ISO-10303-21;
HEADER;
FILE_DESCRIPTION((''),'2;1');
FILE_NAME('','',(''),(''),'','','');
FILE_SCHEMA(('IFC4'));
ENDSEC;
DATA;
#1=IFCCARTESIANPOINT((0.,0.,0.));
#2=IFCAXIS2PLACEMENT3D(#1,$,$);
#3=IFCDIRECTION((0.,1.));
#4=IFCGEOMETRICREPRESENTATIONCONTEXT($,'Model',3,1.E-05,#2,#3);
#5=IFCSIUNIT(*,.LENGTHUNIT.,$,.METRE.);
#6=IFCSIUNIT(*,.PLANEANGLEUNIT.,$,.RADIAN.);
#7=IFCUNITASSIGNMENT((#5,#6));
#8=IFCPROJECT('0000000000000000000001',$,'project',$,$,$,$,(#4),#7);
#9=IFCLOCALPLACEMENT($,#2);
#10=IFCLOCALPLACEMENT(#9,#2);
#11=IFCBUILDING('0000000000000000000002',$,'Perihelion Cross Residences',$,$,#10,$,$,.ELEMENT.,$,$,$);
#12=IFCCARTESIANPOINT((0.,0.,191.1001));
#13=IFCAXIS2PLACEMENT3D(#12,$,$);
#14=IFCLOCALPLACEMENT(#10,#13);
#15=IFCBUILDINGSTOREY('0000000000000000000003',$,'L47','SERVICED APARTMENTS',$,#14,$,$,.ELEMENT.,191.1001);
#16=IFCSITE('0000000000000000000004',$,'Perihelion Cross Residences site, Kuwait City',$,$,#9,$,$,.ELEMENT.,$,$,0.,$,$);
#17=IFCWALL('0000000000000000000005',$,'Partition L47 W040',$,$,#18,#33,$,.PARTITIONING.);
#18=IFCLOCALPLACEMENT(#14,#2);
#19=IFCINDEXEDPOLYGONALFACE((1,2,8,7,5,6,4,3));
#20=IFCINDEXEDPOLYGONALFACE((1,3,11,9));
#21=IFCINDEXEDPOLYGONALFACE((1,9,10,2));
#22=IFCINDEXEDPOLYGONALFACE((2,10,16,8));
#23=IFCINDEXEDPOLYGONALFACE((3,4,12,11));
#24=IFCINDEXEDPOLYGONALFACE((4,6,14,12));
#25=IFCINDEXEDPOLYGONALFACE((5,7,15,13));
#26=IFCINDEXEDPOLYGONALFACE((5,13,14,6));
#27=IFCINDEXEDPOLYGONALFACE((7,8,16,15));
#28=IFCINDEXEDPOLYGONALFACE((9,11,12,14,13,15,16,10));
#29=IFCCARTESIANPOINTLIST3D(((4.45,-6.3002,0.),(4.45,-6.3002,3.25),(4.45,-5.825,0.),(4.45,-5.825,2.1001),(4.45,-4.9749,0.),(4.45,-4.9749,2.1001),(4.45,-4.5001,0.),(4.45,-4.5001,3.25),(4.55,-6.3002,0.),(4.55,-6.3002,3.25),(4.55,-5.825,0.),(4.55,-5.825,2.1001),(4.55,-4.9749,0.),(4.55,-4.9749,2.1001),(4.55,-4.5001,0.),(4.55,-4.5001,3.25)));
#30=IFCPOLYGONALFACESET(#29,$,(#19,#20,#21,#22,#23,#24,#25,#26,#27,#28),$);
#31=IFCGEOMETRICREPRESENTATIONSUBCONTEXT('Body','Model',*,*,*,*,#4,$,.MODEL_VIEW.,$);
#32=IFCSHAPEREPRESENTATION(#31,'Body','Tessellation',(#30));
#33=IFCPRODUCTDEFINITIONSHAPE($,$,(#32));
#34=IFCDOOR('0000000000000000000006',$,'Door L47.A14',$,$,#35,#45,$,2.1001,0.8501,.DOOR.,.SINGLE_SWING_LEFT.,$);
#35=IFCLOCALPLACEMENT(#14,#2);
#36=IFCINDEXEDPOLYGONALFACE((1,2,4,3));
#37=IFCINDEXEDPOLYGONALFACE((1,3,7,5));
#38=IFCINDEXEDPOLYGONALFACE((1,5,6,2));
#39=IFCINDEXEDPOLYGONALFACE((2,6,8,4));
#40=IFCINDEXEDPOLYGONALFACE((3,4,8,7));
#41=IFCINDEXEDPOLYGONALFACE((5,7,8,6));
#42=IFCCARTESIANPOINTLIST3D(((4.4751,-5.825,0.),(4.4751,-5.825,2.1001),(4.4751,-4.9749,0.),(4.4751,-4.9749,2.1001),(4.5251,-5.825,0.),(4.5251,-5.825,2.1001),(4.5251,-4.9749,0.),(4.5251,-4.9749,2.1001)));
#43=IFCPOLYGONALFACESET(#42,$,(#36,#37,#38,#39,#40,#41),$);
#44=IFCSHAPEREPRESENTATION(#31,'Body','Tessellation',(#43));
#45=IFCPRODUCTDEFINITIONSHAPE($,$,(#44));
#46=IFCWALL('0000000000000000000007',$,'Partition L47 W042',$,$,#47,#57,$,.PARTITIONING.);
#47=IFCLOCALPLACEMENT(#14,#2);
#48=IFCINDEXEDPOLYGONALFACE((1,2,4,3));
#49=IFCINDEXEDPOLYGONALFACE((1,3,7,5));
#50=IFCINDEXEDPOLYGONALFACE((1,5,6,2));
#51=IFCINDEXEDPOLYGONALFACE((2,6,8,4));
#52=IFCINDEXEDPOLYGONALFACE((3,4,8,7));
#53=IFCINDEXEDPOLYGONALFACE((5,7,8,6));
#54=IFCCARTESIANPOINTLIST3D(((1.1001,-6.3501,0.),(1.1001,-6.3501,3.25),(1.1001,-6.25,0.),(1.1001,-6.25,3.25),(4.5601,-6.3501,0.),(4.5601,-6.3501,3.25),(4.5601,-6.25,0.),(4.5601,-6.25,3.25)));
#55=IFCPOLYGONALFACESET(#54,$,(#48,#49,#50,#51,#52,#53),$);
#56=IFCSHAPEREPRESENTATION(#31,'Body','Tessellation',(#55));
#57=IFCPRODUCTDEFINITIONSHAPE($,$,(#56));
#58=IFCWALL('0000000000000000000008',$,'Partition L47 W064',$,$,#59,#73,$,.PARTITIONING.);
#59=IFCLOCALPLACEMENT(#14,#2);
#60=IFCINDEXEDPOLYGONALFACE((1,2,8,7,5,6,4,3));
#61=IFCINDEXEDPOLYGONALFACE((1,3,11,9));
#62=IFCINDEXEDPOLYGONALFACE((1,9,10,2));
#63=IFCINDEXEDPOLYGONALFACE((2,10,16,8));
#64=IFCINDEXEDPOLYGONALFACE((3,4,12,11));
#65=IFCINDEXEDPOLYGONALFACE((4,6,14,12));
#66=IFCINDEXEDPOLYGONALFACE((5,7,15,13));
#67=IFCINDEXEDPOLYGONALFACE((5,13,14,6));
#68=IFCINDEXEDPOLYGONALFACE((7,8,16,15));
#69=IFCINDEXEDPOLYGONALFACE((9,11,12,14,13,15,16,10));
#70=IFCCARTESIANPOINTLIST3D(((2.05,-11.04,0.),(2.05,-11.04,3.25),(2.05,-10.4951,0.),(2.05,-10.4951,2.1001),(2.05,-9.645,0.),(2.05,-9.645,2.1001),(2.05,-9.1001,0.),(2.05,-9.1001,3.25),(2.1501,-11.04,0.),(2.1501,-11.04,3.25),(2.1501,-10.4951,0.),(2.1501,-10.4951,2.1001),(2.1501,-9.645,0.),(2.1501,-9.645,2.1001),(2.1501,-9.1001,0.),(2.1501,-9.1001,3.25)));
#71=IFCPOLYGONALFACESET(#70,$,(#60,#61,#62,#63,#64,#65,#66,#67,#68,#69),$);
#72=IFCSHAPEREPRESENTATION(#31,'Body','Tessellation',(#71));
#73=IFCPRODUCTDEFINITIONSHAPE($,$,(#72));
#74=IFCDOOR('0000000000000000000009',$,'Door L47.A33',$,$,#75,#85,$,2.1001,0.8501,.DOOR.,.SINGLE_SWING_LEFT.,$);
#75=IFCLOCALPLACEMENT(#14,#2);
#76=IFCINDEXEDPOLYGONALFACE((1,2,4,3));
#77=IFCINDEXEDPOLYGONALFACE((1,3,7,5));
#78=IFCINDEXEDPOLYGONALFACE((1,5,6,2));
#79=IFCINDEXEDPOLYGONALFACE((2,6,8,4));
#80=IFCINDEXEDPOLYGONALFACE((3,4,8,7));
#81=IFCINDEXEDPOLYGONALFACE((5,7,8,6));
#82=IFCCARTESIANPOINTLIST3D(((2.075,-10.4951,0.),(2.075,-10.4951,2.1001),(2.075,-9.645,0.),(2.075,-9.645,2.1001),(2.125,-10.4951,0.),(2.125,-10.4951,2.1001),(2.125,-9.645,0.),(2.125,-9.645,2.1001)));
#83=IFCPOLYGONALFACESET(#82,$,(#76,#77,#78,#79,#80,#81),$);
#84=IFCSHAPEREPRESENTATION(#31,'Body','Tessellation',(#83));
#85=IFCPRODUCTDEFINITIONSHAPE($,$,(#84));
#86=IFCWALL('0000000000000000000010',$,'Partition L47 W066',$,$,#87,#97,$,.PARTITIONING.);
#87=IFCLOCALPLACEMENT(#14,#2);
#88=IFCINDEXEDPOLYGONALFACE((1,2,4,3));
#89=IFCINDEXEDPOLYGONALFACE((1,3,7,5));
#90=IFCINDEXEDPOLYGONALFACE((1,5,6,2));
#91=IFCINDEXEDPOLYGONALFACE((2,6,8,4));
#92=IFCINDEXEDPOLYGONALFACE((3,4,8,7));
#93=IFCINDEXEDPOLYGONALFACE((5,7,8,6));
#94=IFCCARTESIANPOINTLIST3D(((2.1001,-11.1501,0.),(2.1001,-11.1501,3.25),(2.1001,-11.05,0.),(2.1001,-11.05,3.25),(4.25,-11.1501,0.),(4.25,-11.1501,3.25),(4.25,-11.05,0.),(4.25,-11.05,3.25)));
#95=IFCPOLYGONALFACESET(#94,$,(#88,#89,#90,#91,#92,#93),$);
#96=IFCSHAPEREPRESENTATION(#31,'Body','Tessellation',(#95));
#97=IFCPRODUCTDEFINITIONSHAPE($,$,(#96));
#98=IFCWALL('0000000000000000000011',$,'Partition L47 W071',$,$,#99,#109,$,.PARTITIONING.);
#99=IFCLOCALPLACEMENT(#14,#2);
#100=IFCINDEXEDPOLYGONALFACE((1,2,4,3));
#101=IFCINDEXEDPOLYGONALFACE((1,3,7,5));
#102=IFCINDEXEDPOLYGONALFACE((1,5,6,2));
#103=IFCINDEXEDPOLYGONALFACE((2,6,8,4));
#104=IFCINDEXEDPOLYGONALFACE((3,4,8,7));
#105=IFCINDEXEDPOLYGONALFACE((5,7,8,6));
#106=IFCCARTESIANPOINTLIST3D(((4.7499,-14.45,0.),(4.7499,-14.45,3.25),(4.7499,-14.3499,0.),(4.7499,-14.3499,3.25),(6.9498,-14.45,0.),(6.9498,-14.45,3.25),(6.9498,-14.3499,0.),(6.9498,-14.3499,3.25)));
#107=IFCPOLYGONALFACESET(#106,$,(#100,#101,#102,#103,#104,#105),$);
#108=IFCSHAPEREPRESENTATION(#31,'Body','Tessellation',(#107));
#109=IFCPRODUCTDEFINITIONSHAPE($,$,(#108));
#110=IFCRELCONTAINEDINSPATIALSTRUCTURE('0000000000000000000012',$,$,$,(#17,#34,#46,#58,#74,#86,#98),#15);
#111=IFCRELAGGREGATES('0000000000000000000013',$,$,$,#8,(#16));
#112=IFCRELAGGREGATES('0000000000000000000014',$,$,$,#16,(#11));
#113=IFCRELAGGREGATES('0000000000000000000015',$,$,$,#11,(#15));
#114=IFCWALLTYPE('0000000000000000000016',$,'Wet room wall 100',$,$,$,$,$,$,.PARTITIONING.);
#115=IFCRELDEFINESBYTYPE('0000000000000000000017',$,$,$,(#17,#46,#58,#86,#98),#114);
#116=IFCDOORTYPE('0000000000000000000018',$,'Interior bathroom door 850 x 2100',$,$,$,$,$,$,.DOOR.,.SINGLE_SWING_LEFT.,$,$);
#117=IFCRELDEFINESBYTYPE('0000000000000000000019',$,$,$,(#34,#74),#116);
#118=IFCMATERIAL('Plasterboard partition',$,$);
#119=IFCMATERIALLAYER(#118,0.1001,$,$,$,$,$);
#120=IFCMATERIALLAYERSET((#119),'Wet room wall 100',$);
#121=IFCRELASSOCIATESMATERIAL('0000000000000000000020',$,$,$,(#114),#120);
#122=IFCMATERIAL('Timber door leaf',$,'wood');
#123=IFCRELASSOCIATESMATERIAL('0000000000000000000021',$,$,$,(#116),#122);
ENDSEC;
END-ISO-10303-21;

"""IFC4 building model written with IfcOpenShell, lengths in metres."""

from ifc_helpers import new_model, si_unit, direction, frame, frame_2d, origin, place, context, subcontext, project, spatial, rectangle, extrude, material, layer, layer_set, type_object, element, fill, save


model = new_model("IFC4")

# Units and contexts
model_context = context("Model", 3, precision=1e-05, world=origin(), true_north=direction((0.0, 1.0)))
body_context = subcontext(model_context, "Body", "Model", "MODEL_VIEW")
ifc_project = project(units=[si_unit("LENGTHUNIT", "METRE"), si_unit("PLANEANGLEUNIT", "RADIAN")], contexts=[model_context])

# Site, building, storey
site_placement = place(None, origin())
site = spatial("IfcSite", under=ifc_project, at=site_placement, Name="Perihelion Cross Residences site, Kuwait City", CompositionType="ELEMENT", RefElevation=0.0)
building_placement = place(site_placement, origin())
building = spatial("IfcBuilding", under=site, at=building_placement, Name="Perihelion Cross Residences", CompositionType="ELEMENT")
storey_placement = place(building_placement, frame((0.0, 0.0, 191.1001)))
storey = spatial("IfcBuildingStorey", under=building, at=storey_placement, Name="L47", Description="SERVICED APARTMENTS", CompositionType="ELEMENT", Elevation=191.1001)

# Wall, opening, door
ifc_material_1 = material(Name="Plasterboard partition")
ifc_layer_1 = layer(ifc_material_1, 0.1001)
ifc_layer_set_1 = layer_set([ifc_layer_1], Name="Wet room wall 100")
wall_type_1 = type_object("IfcWallType", Name="Wet room wall 100", PredefinedType="PARTITIONING", material=ifc_layer_set_1)
wall_1_placement = place(storey_placement, frame((4.5, -6.3, 0.0), z_axis=(0.0, 0.0, 1.0), x_axis=(0.0, 1.0, 0.0)))
wall_1 = element("IfcWall", 1, at=wall_1_placement, inside=storey, type_object=wall_type_1, Name="Partition L47 W040", PredefinedType="PARTITIONING", context=body_context, shape_type="SweptSolid", body=[
    extrude(rectangle(XDim=1.8, YDim=0.1001, at=frame_2d((0.8999, 0.0))), origin(), (0.0, 0.0, 1.0), 3.25),
])
opening_1_placement = place(wall_1_placement, frame((0.4751, 0.0, 0.0)))
opening_1 = element("IfcOpeningElement", 2, at=opening_1_placement, cuts=wall_1, PredefinedType="OPENING", context=body_context, shape_type="SweptSolid", body=[
    extrude(rectangle(XDim=0.8501, YDim=2.1001, at=frame_2d((0.425, 1.05))), frame((0.0, 0.0601, 0.0), z_axis=(0.0, -1.0, 0.0), x_axis=(1.0, 0.0, 0.0)), (0.0, 0.0, 1.0), 0.1201),
])
ifc_material_2 = material(Name="Timber door leaf", Category="wood")
door_type_1 = type_object("IfcDoorType", Name="Interior bathroom door 850 x 2100", OperationType="SINGLE_SWING_LEFT", PredefinedType="DOOR", material=ifc_material_2)
door_1_placement = place(opening_1_placement, origin())
door_1 = element("IfcDoor", 3, at=door_1_placement, inside=storey, type_object=door_type_1, Name="Door L47.A14", OperationType="SINGLE_SWING_LEFT", OverallHeight=2.1001, OverallWidth=0.8501, PredefinedType="DOOR", context=body_context, shape_type="SweptSolid", body=[
    extrude(rectangle(XDim=0.8501, YDim=2.1001, at=frame_2d((0.425, 1.05))), frame((0.0, 0.0249, 0.0), z_axis=(0.0, -1.0, 0.0), x_axis=(1.0, 0.0, 0.0)), (0.0, 0.0, 1.0), 0.05),
])
fill(opening_1, door_1)

# Wall
wall_2_placement = place(storey_placement, frame((4.5601, -6.3, 0.0), z_axis=(0.0, 0.0, 1.0), x_axis=(-1.0, 0.0, 0.0)))
element("IfcWall", 4, at=wall_2_placement, inside=storey, type_object=wall_type_1, Name="Partition L47 W042", PredefinedType="PARTITIONING", context=body_context, shape_type="SweptSolid", body=[
    extrude(rectangle(XDim=3.46, YDim=0.1001, at=frame_2d((1.73, 0.0))), origin(), (0.0, 0.0, 1.0), 3.25),
])

# Wall, opening, door
wall_3_placement = place(storey_placement, frame((2.1001, -9.1001, 0.0), z_axis=(0.0, 0.0, 1.0), x_axis=(0.0, -1.0, 0.0)))
wall_3 = element("IfcWall", 5, at=wall_3_placement, inside=storey, type_object=wall_type_1, Name="Partition L47 W064", PredefinedType="PARTITIONING", context=body_context, shape_type="SweptSolid", body=[
    extrude(rectangle(XDim=1.9399, YDim=0.1001, at=frame_2d((0.97, 0.0))), origin(), (0.0, 0.0, 1.0), 3.25),
])
opening_2_placement = place(wall_3_placement, frame((0.5449, 0.0, 0.0)))
opening_2 = element("IfcOpeningElement", 6, at=opening_2_placement, cuts=wall_3, PredefinedType="OPENING", context=body_context, shape_type="SweptSolid", body=[
    extrude(rectangle(XDim=0.8501, YDim=2.1001, at=frame_2d((0.425, 1.05))), frame((0.0, 0.0601, 0.0), z_axis=(0.0, -1.0, 0.0), x_axis=(1.0, 0.0, 0.0)), (0.0, 0.0, 1.0), 0.1201),
])
door_2_placement = place(opening_2_placement, origin())
door_2 = element("IfcDoor", 7, at=door_2_placement, inside=storey, type_object=door_type_1, Name="Door L47.A33", OperationType="SINGLE_SWING_LEFT", OverallHeight=2.1001, OverallWidth=0.8501, PredefinedType="DOOR", context=body_context, shape_type="SweptSolid", body=[
    extrude(rectangle(XDim=0.8501, YDim=2.1001, at=frame_2d((0.425, 1.05))), frame((0.0, 0.0249, 0.0), z_axis=(0.0, -1.0, 0.0), x_axis=(1.0, 0.0, 0.0)), (0.0, 0.0, 1.0), 0.05),
])
fill(opening_2, door_2)

# Walls
wall_4_placement = place(storey_placement, frame((4.25, -11.1001, 0.0), z_axis=(0.0, 0.0, 1.0), x_axis=(-1.0, 0.0, 0.0)))
element("IfcWall", 8, at=wall_4_placement, inside=storey, type_object=wall_type_1, Name="Partition L47 W066", PredefinedType="PARTITIONING", context=body_context, shape_type="SweptSolid", body=[
    extrude(rectangle(XDim=2.1499, YDim=0.1001, at=frame_2d((1.075, 0.0))), origin(), (0.0, 0.0, 1.0), 3.25),
])
wall_5_placement = place(storey_placement, frame((6.95, -14.3999, 0.0), z_axis=(0.0, 0.0, 1.0), x_axis=(-1.0, 0.0, 0.0)))
element("IfcWall", 9, at=wall_5_placement, inside=storey, type_object=wall_type_1, Name="Partition L47 W071", PredefinedType="PARTITIONING", context=body_context, shape_type="SweptSolid", body=[
    extrude(rectangle(XDim=2.2, YDim=0.1001, at=frame_2d((1.1001, 0.0))), origin(), (0.0, 0.0, 1.0), 3.25),
])

save(model, "model.ifc")
